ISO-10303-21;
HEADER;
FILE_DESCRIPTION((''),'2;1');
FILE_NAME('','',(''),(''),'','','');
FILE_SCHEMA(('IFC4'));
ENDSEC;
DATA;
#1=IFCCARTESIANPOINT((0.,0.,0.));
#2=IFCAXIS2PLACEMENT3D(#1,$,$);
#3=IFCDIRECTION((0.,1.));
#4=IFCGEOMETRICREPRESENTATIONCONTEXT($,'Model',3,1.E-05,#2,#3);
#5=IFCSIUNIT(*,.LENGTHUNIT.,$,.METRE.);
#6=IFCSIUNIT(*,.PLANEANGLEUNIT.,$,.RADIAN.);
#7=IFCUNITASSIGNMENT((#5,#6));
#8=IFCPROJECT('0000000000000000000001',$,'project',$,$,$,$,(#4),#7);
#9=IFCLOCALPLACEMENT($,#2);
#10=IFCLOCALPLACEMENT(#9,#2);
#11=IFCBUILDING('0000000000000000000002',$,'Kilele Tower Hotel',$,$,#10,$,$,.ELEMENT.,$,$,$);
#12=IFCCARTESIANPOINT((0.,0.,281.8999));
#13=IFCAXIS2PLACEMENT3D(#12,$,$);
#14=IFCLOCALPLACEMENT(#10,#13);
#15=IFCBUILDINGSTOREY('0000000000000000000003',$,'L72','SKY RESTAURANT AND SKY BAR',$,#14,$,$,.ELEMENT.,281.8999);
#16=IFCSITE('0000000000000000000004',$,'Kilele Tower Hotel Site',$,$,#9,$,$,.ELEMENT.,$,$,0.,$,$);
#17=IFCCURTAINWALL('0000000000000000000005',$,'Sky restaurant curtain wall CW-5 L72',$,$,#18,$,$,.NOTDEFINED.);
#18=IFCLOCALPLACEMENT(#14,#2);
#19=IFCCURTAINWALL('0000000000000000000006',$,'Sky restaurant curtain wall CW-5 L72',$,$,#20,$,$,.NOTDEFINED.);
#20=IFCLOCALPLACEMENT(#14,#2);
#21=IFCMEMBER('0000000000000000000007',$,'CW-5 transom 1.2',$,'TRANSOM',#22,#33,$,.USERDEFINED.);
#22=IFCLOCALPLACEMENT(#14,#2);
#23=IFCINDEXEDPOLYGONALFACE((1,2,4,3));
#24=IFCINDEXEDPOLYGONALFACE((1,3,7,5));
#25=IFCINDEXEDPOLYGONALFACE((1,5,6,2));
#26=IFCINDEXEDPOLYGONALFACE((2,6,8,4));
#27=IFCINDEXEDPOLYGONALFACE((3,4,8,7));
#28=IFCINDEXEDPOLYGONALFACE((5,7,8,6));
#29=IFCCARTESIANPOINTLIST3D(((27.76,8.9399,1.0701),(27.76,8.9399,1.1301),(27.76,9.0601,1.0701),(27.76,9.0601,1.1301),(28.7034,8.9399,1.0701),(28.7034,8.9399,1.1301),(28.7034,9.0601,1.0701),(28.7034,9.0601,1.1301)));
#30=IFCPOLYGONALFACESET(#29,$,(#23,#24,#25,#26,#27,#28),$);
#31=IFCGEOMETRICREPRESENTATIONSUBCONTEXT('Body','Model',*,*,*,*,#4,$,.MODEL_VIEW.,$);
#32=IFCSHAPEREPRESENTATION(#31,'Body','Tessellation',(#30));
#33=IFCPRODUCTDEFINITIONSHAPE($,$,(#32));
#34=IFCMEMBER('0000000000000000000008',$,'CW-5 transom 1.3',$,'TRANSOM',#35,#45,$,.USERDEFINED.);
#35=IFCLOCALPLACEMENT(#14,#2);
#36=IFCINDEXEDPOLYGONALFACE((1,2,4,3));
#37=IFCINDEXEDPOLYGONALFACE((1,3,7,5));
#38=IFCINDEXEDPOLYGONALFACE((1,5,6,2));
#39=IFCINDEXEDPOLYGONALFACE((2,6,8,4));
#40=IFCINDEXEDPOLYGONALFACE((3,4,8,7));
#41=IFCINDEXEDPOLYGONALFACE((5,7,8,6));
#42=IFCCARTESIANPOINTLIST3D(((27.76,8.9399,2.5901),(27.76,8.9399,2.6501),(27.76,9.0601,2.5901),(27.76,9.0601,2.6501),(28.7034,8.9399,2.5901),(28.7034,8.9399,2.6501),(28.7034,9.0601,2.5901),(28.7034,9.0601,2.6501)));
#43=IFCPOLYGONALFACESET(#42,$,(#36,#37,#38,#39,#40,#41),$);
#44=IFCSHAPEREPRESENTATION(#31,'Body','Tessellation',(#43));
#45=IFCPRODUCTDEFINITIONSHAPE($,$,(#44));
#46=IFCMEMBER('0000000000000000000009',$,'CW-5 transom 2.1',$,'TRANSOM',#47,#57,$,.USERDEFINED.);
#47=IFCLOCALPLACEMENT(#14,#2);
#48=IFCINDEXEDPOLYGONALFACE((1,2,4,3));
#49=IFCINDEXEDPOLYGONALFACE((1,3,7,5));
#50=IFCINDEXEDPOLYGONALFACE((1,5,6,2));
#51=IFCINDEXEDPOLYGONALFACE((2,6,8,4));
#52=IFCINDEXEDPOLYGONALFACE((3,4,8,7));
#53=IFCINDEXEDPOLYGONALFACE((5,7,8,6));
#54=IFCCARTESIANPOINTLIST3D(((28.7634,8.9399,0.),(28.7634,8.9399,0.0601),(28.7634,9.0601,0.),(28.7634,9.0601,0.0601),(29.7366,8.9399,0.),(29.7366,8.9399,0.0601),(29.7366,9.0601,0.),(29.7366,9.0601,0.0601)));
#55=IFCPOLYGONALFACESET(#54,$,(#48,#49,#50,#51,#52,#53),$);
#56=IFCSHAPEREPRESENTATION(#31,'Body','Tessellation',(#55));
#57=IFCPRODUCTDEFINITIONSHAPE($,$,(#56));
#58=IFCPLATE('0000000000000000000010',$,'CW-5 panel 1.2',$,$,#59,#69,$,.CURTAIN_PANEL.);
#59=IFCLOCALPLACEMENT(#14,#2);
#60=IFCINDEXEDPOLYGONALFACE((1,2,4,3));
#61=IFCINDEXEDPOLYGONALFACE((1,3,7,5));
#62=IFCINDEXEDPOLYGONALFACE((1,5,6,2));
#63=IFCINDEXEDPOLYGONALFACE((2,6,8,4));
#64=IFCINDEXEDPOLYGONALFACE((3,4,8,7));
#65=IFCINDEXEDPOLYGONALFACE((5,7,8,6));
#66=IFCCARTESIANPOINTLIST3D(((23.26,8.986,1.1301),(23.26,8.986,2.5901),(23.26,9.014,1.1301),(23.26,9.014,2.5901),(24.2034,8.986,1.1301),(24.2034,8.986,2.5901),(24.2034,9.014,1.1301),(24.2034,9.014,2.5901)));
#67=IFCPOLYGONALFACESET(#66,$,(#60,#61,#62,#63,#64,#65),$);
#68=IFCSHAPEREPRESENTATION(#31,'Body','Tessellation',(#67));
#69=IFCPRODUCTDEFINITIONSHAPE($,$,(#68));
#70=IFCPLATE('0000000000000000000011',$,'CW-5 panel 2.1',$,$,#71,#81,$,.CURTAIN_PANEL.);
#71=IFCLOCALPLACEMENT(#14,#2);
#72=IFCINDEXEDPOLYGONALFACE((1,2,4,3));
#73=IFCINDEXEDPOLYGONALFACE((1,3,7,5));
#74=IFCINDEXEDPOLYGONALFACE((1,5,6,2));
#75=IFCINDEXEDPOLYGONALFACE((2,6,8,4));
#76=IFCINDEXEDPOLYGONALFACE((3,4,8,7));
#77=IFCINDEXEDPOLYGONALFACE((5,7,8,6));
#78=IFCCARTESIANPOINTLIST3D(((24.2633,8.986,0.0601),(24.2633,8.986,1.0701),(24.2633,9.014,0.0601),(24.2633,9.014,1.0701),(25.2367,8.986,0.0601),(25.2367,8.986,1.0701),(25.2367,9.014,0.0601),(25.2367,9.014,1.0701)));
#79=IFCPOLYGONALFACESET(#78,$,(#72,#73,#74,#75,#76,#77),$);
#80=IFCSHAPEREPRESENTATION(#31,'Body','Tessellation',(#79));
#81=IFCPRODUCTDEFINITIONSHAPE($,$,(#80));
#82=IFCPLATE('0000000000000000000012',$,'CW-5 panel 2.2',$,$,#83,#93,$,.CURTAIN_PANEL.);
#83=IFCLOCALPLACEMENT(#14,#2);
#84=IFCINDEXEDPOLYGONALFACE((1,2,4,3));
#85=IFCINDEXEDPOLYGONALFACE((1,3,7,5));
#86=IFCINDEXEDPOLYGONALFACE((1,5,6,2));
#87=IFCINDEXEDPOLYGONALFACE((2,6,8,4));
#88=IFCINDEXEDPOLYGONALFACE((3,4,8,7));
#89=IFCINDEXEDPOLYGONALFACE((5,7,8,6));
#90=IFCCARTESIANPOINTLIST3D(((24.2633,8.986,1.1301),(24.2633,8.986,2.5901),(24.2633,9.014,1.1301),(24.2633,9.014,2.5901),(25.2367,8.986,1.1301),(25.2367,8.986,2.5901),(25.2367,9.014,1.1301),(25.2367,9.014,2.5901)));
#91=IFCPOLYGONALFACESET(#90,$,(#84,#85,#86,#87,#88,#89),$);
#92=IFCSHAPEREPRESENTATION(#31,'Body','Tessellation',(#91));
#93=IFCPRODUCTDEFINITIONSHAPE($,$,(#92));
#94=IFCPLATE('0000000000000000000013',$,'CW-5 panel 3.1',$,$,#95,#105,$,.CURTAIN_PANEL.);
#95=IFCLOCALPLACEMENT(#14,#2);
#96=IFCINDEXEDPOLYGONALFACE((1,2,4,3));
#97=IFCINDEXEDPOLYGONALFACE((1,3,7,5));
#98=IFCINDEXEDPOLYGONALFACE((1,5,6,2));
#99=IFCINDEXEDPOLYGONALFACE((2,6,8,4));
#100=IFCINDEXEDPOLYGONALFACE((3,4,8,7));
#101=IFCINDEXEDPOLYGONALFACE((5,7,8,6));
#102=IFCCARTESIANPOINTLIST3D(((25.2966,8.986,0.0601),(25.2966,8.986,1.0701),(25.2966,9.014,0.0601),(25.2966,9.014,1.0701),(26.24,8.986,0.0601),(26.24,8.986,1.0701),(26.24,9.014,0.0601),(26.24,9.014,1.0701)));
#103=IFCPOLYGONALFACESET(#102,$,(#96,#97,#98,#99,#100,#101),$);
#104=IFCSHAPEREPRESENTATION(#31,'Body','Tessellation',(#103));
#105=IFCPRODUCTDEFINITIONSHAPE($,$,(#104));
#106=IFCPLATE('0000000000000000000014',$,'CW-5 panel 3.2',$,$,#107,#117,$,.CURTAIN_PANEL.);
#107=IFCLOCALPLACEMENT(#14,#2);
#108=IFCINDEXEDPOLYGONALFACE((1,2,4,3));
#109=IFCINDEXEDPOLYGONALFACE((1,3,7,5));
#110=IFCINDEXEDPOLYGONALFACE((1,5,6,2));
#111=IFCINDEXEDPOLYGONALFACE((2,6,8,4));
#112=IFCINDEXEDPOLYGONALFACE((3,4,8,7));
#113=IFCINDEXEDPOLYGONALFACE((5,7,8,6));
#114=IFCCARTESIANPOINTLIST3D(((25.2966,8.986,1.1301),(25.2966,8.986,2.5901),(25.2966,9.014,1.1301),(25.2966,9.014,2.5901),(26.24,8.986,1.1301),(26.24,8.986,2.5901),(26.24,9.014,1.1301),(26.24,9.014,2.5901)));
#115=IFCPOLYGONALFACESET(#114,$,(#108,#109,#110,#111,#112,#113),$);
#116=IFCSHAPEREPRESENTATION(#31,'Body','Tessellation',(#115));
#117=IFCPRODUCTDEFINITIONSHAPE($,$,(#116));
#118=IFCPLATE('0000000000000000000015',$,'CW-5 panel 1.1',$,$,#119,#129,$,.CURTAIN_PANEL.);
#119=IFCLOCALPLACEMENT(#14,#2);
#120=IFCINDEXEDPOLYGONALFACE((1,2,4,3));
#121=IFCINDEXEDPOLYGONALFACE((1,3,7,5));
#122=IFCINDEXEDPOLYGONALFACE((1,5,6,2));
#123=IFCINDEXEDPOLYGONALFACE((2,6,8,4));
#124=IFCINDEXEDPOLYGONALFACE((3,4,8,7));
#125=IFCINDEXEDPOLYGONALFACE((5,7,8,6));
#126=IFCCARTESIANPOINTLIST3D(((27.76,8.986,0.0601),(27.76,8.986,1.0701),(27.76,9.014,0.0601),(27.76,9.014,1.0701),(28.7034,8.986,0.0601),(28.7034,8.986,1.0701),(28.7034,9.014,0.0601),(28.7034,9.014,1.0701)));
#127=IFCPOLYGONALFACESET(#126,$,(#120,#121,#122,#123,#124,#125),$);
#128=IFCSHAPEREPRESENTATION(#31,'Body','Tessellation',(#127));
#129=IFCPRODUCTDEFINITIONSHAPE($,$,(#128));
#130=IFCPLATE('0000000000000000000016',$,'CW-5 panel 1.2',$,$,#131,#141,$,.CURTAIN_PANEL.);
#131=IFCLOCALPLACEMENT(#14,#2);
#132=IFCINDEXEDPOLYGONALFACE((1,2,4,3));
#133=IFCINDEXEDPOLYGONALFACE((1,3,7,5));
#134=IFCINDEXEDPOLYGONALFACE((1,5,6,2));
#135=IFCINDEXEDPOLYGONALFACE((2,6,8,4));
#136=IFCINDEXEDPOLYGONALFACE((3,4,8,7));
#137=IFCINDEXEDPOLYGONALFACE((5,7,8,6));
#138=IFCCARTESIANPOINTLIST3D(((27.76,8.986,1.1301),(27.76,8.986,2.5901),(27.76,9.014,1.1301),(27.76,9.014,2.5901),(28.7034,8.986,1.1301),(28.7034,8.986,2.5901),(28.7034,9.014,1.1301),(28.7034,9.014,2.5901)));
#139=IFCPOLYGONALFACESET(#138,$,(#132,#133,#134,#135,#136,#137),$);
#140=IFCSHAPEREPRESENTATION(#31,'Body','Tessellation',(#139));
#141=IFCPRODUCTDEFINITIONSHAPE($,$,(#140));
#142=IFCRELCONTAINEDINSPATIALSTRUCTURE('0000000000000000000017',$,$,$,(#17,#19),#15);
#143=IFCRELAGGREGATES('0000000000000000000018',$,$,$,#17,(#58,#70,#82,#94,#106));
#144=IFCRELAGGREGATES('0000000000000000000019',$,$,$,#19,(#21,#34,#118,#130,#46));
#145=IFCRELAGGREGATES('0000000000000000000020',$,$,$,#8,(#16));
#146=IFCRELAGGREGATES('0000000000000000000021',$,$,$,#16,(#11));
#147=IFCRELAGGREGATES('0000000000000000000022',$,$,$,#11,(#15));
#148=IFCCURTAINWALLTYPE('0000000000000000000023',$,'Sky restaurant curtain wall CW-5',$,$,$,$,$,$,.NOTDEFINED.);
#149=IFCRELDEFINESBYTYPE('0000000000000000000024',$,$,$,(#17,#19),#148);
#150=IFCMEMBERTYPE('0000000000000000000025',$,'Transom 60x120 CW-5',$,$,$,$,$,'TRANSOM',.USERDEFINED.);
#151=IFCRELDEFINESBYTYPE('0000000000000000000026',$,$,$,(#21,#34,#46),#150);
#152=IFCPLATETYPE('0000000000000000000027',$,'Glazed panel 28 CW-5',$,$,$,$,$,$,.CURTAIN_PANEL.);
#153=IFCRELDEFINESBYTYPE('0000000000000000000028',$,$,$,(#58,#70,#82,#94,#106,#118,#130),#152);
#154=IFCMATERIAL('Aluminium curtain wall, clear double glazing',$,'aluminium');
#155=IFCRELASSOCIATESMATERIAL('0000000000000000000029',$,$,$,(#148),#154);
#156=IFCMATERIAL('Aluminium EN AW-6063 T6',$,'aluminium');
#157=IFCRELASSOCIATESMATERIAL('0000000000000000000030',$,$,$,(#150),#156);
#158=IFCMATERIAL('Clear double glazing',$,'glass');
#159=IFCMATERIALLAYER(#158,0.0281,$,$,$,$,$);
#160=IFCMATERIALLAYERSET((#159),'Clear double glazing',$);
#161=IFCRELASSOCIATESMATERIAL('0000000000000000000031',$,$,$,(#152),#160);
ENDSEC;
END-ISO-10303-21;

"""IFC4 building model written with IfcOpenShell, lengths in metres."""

from ifc_helpers import new_model, si_unit, direction, frame, origin, origin_2d, place, context, subcontext, project, spatial, rectangle, extrude, material, layer, layer_set, material_profile, profile_set, type_object, element, aggregate, save


model = new_model("IFC4")

# Units and contexts
model_context = context("Model", 3, precision=1e-05, world=origin(), true_north=direction((0.0, 1.0)))
body_context = subcontext(model_context, "Body", "Model", "MODEL_VIEW")
ifc_project = project(units=[si_unit("LENGTHUNIT", "METRE"), si_unit("PLANEANGLEUNIT", "RADIAN")], contexts=[model_context])

# Site, building, storey
site_placement = place(None, origin())
site = spatial("IfcSite", under=ifc_project, at=site_placement, Name="Kilele Tower Hotel Site", CompositionType="ELEMENT", RefElevation=0.0)
building_placement = place(site_placement, origin())
building = spatial("IfcBuilding", under=site, at=building_placement, Name="Kilele Tower Hotel", CompositionType="ELEMENT")
storey_placement = place(building_placement, frame((0.0, 0.0, 281.8999)))
storey = spatial("IfcBuildingStorey", under=building, at=storey_placement, Name="L72", Description="SKY RESTAURANT AND SKY BAR", CompositionType="ELEMENT", Elevation=281.8999)

# Curtain walls
ifc_material_1 = material(Name="Aluminium curtain wall, clear double glazing", Category="aluminium")
curtain_wall_type = type_object("IfcCurtainWallType", Name="Sky restaurant curtain wall CW-5", PredefinedType="NOTDEFINED", material=ifc_material_1)
curtain_wall_1_placement = place(storey_placement, origin())
curtain_wall_1 = element("IfcCurtainWall", 1, at=curtain_wall_1_placement, inside=storey, type_object=curtain_wall_type, Name="Sky restaurant curtain wall CW-5 L72", PredefinedType="NOTDEFINED")
curtain_wall_2_placement = place(storey_placement, origin())
curtain_wall_2 = element("IfcCurtainWall", 2, at=curtain_wall_2_placement, inside=storey, type_object=curtain_wall_type, Name="Sky restaurant curtain wall CW-5 L72", PredefinedType="NOTDEFINED")

# Members
ifc_material_2 = material(Name="Aluminium EN AW-6063 T6", Category="aluminium")
ifc_material_profile_1 = material_profile(ifc_material_2, rectangle(XDim=0.1201, YDim=0.0601, at=origin_2d()))
ifc_profile_set_1 = profile_set([ifc_material_profile_1], Name="Aluminium EN AW-6063 T6")
member_type_1 = type_object("IfcMemberType", Name="Transom 60x120 CW-5", ElementType="TRANSOM", PredefinedType="USERDEFINED", material=ifc_profile_set_1)
member_1_placement = place(storey_placement, frame((27.76, 9.0, 1.1001), z_axis=(1.0, 0.0, 0.0), x_axis=(0.0, 1.0, 0.0)))
member_1 = element("IfcMember", 3, at=member_1_placement, type_object=member_type_1, Name="CW-5 transom 1.2", ObjectType="TRANSOM", PredefinedType="USERDEFINED", context=body_context, shape_type="SweptSolid", body=[
    extrude(rectangle(XDim=0.1201, YDim=0.0601, at=origin_2d()), origin(), (0.0, 0.0, 1.0), 0.9434),
])
member_2_placement = place(storey_placement, frame((27.76, 9.0, 2.6201), z_axis=(1.0, 0.0, 0.0), x_axis=(0.0, 1.0, 0.0)))
member_2 = element("IfcMember", 4, at=member_2_placement, type_object=member_type_1, Name="CW-5 transom 1.3", ObjectType="TRANSOM", PredefinedType="USERDEFINED", context=body_context, shape_type="SweptSolid", body=[
    extrude(rectangle(XDim=0.1201, YDim=0.0601, at=origin_2d()), origin(), (0.0, 0.0, 1.0), 0.9434),
])
member_3_placement = place(storey_placement, frame((28.7634, 9.0, 0.03), z_axis=(1.0, 0.0, 0.0), x_axis=(0.0, 1.0, 0.0)))
member_3 = element("IfcMember", 5, at=member_3_placement, type_object=member_type_1, Name="CW-5 transom 2.1", ObjectType="TRANSOM", PredefinedType="USERDEFINED", context=body_context, shape_type="SweptSolid", body=[
    extrude(rectangle(XDim=0.1201, YDim=0.0601, at=origin_2d()), origin(), (0.0, 0.0, 1.0), 0.9731),
])

# Plates
ifc_material_3 = material(Name="Clear double glazing", Category="glass")
ifc_layer = layer(ifc_material_3, 0.0281)
ifc_layer_set = layer_set([ifc_layer], Name="Clear double glazing")
plate_type = type_object("IfcPlateType", Name="Glazed panel 28 CW-5", PredefinedType="CURTAIN_PANEL", material=ifc_layer_set)
plate_1_placement = place(storey_placement, frame((23.7317, 9.0, 1.1301), z_axis=(0.0, 0.0, 1.0), x_axis=(1.0, 0.0, 0.0)))
plate_1 = element("IfcPlate", 6, at=plate_1_placement, type_object=plate_type, Name="CW-5 panel 1.2", PredefinedType="CURTAIN_PANEL", context=body_context, shape_type="SweptSolid", body=[
    extrude(rectangle(XDim=0.9434, YDim=0.0281, at=origin_2d()), origin(), (0.0, 0.0, 1.0), 1.46),
])
plate_2_placement = place(storey_placement, frame((24.75, 9.0, 0.0601), z_axis=(0.0, 0.0, 1.0), x_axis=(1.0, 0.0, 0.0)))
plate_2 = element("IfcPlate", 7, at=plate_2_placement, type_object=plate_type, Name="CW-5 panel 2.1", PredefinedType="CURTAIN_PANEL", context=body_context, shape_type="SweptSolid", body=[
    extrude(rectangle(XDim=0.9734, YDim=0.0281, at=origin_2d()), origin(), (0.0, 0.0, 1.0), 1.01),
])
plate_3_placement = place(storey_placement, frame((24.75, 9.0, 1.1301), z_axis=(0.0, 0.0, 1.0), x_axis=(1.0, 0.0, 0.0)))
plate_3 = element("IfcPlate", 8, at=plate_3_placement, type_object=plate_type, Name="CW-5 panel 2.2", PredefinedType="CURTAIN_PANEL", context=body_context, shape_type="SweptSolid", body=[
    extrude(rectangle(XDim=0.9734, YDim=0.0281, at=origin_2d()), origin(), (0.0, 0.0, 1.0), 1.46),
])
plate_4_placement = place(storey_placement, frame((25.7683, 9.0, 0.0601), z_axis=(0.0, 0.0, 1.0), x_axis=(1.0, 0.0, 0.0)))
plate_4 = element("IfcPlate", 9, at=plate_4_placement, type_object=plate_type, Name="CW-5 panel 3.1", PredefinedType="CURTAIN_PANEL", context=body_context, shape_type="SweptSolid", body=[
    extrude(rectangle(XDim=0.9434, YDim=0.0281, at=origin_2d()), origin(), (0.0, 0.0, 1.0), 1.01),
])
plate_5_placement = place(storey_placement, frame((25.7683, 9.0, 1.1301), z_axis=(0.0, 0.0, 1.0), x_axis=(1.0, 0.0, 0.0)))
plate_5 = element("IfcPlate", 10, at=plate_5_placement, type_object=plate_type, Name="CW-5 panel 3.2", PredefinedType="CURTAIN_PANEL", context=body_context, shape_type="SweptSolid", body=[
    extrude(rectangle(XDim=0.9434, YDim=0.0281, at=origin_2d()), origin(), (0.0, 0.0, 1.0), 1.46),
])
aggregate(curtain_wall_1, [plate_1, plate_2, plate_3, plate_4, plate_5])
plate_6_placement = place(storey_placement, frame((28.2317, 9.0, 0.0601), z_axis=(0.0, 0.0, 1.0), x_axis=(1.0, 0.0, 0.0)))
plate_6 = element("IfcPlate", 11, at=plate_6_placement, type_object=plate_type, Name="CW-5 panel 1.1", PredefinedType="CURTAIN_PANEL", context=body_context, shape_type="SweptSolid", body=[
    extrude(rectangle(XDim=0.9434, YDim=0.0281, at=origin_2d()), origin(), (0.0, 0.0, 1.0), 1.01),
])
plate_7_placement = place(storey_placement, frame((28.2317, 9.0, 1.1301), z_axis=(0.0, 0.0, 1.0), x_axis=(1.0, 0.0, 0.0)))
plate_7 = element("IfcPlate", 12, at=plate_7_placement, type_object=plate_type, Name="CW-5 panel 1.2", PredefinedType="CURTAIN_PANEL", context=body_context, shape_type="SweptSolid", body=[
    extrude(rectangle(XDim=0.9434, YDim=0.0281, at=origin_2d()), origin(), (0.0, 0.0, 1.0), 1.46),
])
aggregate(curtain_wall_2, [member_1, member_2, plate_6, plate_7, member_3])

save(model, "model.ifc")
